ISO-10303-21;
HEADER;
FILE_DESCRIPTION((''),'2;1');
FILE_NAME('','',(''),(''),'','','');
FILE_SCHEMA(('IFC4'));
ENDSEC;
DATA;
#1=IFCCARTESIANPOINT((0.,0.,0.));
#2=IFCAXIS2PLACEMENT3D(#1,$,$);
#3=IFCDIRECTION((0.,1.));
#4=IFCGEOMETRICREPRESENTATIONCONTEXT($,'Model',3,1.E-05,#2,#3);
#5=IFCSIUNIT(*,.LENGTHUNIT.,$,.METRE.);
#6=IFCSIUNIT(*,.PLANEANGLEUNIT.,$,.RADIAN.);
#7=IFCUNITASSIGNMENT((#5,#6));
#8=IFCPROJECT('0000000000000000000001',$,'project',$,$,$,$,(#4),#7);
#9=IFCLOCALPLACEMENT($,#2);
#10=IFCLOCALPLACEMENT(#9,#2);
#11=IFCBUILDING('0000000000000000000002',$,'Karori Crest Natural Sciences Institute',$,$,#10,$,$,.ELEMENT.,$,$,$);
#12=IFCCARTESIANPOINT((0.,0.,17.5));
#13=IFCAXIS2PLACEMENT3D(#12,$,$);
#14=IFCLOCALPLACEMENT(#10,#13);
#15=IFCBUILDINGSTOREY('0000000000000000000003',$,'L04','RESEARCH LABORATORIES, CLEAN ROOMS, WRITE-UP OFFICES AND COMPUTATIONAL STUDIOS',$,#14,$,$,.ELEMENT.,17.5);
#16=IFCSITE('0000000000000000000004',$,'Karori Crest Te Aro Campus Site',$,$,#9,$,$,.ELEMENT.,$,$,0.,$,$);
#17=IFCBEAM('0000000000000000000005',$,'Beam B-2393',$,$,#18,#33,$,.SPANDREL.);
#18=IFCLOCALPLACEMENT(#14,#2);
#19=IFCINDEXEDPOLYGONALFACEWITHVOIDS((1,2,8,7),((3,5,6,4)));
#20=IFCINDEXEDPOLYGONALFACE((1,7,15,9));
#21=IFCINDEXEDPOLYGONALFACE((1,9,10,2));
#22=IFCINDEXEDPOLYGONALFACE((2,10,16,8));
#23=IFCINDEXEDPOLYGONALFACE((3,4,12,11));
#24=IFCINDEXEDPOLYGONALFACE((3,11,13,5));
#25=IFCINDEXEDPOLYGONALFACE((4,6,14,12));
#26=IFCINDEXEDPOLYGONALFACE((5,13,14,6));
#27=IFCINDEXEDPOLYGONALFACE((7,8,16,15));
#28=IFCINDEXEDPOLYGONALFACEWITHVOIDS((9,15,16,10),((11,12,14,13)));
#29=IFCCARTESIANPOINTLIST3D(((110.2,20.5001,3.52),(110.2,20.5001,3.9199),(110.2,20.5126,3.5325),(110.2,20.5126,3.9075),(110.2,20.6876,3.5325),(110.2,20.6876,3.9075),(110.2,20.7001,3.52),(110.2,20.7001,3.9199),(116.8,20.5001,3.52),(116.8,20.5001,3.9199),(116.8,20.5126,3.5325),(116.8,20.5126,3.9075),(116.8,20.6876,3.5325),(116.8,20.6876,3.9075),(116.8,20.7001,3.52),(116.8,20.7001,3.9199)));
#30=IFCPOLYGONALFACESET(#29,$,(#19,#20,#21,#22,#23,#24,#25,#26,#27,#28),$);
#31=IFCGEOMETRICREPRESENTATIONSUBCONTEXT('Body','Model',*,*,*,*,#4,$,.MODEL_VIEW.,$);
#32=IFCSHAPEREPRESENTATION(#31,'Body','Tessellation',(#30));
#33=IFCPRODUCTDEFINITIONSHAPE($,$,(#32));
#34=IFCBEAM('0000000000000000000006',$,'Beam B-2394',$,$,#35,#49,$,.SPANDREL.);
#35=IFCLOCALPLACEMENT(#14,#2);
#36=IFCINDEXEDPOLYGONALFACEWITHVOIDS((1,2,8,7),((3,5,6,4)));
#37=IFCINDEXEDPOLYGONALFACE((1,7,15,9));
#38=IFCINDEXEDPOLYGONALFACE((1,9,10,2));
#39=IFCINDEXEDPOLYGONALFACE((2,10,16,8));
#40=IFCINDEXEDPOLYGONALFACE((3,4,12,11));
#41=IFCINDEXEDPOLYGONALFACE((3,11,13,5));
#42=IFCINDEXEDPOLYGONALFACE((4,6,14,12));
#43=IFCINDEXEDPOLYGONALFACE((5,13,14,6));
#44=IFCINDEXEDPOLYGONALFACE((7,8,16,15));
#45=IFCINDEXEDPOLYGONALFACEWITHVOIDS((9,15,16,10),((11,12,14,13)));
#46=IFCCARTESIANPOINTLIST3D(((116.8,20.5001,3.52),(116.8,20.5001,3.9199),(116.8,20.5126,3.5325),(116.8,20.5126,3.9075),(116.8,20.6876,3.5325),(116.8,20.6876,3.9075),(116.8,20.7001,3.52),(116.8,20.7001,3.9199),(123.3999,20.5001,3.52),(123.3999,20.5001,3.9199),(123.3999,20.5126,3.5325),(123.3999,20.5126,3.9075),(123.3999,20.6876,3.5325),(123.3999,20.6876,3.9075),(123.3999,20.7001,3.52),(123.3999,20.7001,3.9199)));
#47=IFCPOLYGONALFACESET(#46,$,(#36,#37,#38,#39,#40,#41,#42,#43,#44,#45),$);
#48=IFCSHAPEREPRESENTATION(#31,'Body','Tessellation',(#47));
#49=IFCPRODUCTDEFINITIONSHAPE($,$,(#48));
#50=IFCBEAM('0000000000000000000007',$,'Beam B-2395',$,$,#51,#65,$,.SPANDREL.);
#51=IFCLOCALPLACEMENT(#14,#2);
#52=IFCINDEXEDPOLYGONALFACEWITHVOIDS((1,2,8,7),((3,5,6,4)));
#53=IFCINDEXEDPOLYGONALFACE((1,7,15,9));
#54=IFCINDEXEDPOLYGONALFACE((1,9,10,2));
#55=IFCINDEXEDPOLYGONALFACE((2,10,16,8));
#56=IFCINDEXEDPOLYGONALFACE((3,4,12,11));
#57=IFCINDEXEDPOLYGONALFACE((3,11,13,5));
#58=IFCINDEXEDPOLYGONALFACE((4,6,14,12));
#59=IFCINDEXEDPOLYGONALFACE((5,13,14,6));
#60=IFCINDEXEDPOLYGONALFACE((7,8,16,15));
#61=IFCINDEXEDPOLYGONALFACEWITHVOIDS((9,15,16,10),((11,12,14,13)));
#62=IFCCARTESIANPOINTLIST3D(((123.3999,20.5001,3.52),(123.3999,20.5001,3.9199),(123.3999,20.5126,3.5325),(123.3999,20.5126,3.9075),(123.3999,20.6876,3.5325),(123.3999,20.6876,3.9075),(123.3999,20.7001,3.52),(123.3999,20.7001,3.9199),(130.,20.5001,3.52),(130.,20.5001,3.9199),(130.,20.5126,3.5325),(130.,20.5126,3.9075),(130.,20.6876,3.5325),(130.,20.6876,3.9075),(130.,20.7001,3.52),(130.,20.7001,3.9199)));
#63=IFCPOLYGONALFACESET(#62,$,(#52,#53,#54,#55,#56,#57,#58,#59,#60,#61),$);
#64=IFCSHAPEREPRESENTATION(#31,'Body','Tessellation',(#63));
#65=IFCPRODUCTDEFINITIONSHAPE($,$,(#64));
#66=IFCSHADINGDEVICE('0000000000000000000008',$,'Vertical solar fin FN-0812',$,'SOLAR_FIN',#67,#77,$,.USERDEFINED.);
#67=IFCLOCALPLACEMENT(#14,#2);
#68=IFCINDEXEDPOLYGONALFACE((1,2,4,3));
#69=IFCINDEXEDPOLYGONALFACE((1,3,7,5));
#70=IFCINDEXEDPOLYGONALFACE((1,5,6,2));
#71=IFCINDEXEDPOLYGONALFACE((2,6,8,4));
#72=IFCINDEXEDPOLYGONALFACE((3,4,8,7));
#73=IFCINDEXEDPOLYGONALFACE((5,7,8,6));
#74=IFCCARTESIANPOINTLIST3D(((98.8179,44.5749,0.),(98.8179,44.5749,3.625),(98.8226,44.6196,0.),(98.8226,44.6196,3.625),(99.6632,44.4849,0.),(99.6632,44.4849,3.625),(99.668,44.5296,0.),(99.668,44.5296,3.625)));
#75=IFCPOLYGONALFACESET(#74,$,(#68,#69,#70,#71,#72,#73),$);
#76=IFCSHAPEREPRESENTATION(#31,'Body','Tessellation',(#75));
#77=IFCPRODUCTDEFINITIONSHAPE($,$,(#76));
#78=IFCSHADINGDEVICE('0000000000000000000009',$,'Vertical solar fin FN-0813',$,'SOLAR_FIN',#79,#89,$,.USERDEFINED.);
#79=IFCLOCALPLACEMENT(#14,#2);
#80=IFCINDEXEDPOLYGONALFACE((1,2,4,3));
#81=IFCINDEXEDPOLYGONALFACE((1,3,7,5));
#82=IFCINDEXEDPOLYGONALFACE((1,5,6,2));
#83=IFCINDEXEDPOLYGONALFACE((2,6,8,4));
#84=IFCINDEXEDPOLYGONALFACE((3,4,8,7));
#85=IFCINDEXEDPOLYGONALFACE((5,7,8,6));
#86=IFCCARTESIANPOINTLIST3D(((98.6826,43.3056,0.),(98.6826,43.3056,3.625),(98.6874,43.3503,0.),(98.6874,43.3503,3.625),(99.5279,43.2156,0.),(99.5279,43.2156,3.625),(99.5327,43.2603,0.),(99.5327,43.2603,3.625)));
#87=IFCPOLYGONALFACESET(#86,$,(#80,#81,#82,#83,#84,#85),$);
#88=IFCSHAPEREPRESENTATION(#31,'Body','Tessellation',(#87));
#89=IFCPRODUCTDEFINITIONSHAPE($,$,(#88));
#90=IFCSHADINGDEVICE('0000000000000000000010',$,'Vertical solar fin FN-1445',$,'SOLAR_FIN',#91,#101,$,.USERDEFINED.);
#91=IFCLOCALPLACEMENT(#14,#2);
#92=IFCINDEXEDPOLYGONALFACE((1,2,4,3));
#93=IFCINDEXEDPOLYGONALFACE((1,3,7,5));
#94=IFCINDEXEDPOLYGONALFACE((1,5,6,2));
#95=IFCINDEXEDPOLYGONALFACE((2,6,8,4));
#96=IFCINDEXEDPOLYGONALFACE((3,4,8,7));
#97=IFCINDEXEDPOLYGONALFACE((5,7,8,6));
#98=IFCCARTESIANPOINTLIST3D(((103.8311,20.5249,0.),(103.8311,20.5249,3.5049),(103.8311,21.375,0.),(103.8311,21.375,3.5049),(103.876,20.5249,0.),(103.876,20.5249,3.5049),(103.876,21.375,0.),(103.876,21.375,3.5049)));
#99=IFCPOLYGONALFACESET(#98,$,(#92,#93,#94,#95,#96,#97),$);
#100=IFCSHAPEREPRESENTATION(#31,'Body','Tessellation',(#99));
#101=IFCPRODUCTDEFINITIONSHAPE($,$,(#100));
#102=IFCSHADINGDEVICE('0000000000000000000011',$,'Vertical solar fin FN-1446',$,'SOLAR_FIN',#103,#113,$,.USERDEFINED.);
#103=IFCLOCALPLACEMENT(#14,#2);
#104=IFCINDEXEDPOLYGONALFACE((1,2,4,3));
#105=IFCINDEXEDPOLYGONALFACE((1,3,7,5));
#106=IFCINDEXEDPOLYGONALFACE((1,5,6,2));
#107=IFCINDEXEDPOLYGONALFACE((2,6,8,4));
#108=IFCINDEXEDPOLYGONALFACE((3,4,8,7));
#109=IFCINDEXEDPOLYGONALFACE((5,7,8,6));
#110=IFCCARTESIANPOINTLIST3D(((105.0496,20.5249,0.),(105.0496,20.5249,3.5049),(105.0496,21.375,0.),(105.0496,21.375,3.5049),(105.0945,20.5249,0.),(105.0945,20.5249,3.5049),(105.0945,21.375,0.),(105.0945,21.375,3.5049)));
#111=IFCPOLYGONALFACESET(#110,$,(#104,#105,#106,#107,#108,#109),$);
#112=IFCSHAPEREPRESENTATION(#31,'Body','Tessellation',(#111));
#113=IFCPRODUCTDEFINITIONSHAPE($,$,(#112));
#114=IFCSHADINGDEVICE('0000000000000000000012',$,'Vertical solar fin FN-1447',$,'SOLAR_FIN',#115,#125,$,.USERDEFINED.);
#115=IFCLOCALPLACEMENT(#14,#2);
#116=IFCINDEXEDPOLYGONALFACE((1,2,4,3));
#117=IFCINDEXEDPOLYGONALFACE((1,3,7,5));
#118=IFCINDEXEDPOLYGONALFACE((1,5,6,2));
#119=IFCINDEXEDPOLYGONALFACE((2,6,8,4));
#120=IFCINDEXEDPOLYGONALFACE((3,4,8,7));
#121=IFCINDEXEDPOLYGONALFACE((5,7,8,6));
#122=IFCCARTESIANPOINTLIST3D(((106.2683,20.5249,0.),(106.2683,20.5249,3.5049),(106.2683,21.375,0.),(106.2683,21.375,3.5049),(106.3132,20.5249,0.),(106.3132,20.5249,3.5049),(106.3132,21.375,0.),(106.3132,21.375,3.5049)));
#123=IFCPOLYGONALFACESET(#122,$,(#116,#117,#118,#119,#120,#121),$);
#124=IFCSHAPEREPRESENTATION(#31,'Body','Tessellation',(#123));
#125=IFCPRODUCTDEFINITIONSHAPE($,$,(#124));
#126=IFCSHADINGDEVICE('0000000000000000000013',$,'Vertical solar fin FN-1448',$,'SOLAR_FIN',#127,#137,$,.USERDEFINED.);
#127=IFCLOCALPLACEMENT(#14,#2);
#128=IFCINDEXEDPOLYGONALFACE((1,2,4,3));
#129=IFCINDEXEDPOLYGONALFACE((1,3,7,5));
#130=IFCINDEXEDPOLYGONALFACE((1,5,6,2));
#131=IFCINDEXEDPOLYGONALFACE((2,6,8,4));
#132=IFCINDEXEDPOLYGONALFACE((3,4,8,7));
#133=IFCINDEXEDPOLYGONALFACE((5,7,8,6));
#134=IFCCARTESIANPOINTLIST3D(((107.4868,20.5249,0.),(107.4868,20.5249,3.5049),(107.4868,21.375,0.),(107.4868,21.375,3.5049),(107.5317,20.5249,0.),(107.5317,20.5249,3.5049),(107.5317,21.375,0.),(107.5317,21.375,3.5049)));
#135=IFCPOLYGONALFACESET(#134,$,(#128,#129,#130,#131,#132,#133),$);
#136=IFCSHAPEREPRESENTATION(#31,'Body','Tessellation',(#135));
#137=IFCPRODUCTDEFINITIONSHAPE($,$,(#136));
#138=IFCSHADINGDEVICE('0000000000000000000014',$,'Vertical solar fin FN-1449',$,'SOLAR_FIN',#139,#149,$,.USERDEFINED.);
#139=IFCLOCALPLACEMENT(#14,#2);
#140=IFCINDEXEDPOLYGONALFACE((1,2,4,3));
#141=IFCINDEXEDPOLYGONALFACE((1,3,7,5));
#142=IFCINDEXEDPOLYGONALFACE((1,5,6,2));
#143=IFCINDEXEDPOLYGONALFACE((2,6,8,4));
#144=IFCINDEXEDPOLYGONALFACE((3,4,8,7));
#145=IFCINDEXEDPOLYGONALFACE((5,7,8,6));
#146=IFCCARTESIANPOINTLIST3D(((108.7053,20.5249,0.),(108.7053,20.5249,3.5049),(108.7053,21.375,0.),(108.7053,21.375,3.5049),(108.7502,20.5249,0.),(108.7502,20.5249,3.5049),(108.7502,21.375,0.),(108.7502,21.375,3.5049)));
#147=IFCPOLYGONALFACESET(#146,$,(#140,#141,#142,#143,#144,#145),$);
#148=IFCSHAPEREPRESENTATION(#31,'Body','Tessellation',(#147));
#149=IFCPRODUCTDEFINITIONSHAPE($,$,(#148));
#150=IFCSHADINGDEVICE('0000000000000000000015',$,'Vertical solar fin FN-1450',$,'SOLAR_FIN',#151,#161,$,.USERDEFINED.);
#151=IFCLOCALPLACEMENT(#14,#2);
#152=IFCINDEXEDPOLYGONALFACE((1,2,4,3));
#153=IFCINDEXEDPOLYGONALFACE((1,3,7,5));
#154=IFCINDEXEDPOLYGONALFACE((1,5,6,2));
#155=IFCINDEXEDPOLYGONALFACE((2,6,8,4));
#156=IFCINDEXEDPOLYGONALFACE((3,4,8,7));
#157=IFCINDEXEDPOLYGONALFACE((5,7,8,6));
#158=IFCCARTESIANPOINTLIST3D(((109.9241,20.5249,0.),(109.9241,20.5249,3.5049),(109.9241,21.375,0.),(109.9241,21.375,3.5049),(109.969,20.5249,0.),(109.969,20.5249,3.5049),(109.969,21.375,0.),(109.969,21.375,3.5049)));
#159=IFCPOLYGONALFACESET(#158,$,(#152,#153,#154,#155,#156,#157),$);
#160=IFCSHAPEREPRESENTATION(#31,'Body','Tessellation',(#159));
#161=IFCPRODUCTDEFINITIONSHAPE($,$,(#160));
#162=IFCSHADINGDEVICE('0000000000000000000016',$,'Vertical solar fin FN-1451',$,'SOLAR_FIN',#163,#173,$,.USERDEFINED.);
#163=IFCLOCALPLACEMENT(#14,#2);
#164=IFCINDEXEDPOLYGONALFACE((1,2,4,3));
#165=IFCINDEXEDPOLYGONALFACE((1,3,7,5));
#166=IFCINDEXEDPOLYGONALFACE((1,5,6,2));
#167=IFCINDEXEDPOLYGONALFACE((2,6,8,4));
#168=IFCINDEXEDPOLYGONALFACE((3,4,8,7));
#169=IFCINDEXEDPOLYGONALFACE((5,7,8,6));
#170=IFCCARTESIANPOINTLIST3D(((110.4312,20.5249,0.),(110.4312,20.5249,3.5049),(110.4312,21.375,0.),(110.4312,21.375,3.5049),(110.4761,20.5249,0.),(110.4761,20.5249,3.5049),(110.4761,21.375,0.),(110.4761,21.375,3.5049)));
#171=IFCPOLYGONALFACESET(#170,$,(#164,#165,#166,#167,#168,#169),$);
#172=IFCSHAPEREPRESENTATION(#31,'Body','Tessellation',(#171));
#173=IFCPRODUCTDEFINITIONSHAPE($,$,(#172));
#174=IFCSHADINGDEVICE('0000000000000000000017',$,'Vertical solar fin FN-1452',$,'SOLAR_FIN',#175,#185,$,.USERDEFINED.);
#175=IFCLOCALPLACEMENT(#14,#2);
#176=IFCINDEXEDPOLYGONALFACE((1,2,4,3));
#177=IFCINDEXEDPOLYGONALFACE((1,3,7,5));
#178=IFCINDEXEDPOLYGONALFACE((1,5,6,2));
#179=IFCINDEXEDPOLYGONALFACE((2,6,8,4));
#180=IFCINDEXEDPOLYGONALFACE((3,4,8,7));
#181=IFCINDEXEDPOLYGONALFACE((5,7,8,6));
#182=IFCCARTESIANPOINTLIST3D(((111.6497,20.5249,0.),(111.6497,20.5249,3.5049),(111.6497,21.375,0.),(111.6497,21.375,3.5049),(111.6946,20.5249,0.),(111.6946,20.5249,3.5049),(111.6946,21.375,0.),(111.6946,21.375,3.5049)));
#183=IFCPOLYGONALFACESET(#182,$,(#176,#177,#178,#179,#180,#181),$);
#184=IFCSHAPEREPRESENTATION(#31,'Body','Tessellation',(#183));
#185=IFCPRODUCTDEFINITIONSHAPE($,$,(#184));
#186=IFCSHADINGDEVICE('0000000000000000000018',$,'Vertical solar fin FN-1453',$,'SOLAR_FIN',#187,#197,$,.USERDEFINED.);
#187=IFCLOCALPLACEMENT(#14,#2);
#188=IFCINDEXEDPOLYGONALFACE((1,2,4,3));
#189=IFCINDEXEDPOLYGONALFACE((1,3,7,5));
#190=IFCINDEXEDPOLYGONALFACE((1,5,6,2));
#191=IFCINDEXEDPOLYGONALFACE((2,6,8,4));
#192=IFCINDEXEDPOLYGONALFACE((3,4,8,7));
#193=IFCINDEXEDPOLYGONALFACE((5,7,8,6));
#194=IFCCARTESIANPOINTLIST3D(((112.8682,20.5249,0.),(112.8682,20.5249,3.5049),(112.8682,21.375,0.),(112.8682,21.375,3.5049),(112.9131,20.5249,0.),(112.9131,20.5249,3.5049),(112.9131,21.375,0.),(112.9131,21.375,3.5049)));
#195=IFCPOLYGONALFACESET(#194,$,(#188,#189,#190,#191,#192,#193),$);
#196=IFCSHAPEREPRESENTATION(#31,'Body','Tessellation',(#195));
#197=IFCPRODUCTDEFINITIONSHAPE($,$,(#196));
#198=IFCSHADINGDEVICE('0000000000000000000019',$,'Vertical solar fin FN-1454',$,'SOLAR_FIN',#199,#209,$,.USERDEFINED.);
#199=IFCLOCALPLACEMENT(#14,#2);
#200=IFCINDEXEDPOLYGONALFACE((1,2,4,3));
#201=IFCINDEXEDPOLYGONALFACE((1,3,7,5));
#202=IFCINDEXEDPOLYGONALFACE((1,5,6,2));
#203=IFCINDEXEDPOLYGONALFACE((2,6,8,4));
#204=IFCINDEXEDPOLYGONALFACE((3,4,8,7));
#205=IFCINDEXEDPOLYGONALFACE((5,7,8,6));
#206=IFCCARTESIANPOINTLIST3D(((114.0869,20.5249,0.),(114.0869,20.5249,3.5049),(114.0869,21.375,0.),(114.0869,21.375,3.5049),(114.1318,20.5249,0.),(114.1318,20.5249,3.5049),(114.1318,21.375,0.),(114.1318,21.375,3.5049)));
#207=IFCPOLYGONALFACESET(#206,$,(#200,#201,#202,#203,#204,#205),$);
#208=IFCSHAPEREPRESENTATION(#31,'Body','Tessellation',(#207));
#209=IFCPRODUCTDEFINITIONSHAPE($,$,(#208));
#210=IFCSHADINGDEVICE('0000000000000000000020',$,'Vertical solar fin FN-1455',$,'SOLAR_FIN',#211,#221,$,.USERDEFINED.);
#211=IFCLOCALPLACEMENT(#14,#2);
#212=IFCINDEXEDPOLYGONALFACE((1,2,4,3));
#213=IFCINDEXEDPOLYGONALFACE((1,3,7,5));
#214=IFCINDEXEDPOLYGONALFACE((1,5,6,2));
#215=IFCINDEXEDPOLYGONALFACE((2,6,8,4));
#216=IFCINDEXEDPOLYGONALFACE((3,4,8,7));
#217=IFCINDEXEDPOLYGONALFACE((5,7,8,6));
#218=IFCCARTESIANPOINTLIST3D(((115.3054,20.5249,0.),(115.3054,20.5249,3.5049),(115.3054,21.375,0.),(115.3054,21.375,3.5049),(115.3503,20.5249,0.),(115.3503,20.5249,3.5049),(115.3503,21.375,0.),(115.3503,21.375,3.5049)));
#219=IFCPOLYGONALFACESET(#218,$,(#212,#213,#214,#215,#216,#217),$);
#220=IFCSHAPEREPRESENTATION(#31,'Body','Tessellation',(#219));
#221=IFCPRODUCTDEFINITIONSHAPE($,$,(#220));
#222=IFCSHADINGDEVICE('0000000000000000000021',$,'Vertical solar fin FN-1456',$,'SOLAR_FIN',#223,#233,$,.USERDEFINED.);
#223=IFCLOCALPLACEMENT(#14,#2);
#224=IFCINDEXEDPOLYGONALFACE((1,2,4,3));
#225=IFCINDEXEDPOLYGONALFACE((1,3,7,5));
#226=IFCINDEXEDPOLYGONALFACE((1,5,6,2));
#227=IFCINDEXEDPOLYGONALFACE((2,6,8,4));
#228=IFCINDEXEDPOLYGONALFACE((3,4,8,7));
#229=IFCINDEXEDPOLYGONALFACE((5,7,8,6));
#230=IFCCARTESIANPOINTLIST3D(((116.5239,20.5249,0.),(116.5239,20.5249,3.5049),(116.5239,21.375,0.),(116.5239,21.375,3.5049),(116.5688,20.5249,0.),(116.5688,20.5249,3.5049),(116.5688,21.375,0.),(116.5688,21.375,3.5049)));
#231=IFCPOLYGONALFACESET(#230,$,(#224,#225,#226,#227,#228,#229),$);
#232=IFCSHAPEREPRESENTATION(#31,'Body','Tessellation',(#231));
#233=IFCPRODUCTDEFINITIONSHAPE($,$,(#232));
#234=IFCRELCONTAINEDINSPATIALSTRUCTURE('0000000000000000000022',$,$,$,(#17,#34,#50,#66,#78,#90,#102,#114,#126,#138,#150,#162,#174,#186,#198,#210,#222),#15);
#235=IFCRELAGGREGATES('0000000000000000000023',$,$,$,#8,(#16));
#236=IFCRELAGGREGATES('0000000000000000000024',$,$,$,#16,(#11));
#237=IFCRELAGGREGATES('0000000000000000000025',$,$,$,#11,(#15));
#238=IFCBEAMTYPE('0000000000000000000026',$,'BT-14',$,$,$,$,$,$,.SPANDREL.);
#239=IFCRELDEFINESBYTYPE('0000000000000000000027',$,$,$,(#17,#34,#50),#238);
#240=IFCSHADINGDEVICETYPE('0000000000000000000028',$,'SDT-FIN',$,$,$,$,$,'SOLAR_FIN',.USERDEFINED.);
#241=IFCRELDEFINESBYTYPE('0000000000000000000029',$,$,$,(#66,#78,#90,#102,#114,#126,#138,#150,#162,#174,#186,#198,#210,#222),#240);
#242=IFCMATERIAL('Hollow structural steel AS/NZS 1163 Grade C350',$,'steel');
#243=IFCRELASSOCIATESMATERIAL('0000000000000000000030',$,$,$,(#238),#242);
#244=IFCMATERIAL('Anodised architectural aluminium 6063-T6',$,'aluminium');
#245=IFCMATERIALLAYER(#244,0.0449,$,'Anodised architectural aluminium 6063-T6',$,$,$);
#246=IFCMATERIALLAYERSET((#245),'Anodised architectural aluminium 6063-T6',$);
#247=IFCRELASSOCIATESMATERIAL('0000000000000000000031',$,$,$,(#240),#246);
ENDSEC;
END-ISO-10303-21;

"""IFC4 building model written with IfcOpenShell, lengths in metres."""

from ifc_helpers import new_model, si_unit, direction, frame, origin, origin_2d, place, context, subcontext, project, spatial, rectangle, hollow_rectangle, extrude, material, layer, layer_set, material_profile, profile_set, type_object, element, save


model = new_model("IFC4")

# Units and contexts
model_context = context("Model", 3, precision=1e-05, world=origin(), true_north=direction((0.0, 1.0)))
body_context = subcontext(model_context, "Body", "Model", "MODEL_VIEW")
ifc_project = project(units=[si_unit("LENGTHUNIT", "METRE"), si_unit("PLANEANGLEUNIT", "RADIAN")], contexts=[model_context])

# Site, building, storey
site_placement = place(None, origin())
site = spatial("IfcSite", under=ifc_project, at=site_placement, Name="Karori Crest Te Aro Campus Site", CompositionType="ELEMENT", RefElevation=0.0)
building_placement = place(site_placement, origin())
building = spatial("IfcBuilding", under=site, at=building_placement, Name="Karori Crest Natural Sciences Institute", CompositionType="ELEMENT")
storey_placement = place(building_placement, frame((0.0, 0.0, 17.5)))
storey = spatial("IfcBuildingStorey", under=building, at=storey_placement, Name="L04", Description="RESEARCH LABORATORIES, CLEAN ROOMS, WRITE-UP OFFICES AND COMPUTATIONAL STUDIOS", CompositionType="ELEMENT", Elevation=17.5)

# Beams
ifc_material_1 = material(Name="Hollow structural steel AS/NZS 1163 Grade C350", Category="steel")
ifc_material_profile_1 = material_profile(ifc_material_1, hollow_rectangle(XDim=0.2, YDim=0.3999, WallThickness=0.0125, at=origin_2d()), Name="RHS400x200x12.5")
ifc_profile_set_1 = profile_set([ifc_material_profile_1], Name="Hollow structural steel AS/NZS 1163 Grade C350")
beam_type = type_object("IfcBeamType", Name="BT-14", PredefinedType="SPANDREL", material=ifc_profile_set_1)
beam_1_placement = place(storey_placement, frame((110.2, 20.6001, 3.72), z_axis=(1.0, 0.0, 0.0), x_axis=(0.0, 1.0, 0.0)))
element("IfcBeam", 1, at=beam_1_placement, inside=storey, type_object=beam_type, Name="Beam B-2393", PredefinedType="SPANDREL", context=body_context, shape_type="SweptSolid", body=[
    extrude(hollow_rectangle(XDim=0.2, YDim=0.3999, WallThickness=0.0125, at=origin_2d()), origin(), (0.0, 0.0, 1.0), 6.6001),
])
beam_2_placement = place(storey_placement, frame((116.8, 20.6001, 3.72), z_axis=(1.0, 0.0, 0.0), x_axis=(0.0, 1.0, 0.0)))
element("IfcBeam", 2, at=beam_2_placement, inside=storey, type_object=beam_type, Name="Beam B-2394", PredefinedType="SPANDREL", context=body_context, shape_type="SweptSolid", body=[
    extrude(hollow_rectangle(XDim=0.2, YDim=0.3999, WallThickness=0.0125, at=origin_2d()), origin(), (0.0, 0.0, 1.0), 6.5999),
])
beam_3_placement = place(storey_placement, frame((123.3999, 20.6001, 3.72), z_axis=(1.0, 0.0, 0.0), x_axis=(0.0, 1.0, 0.0)))
element("IfcBeam", 3, at=beam_3_placement, inside=storey, type_object=beam_type, Name="Beam B-2395", PredefinedType="SPANDREL", context=body_context, shape_type="SweptSolid", body=[
    extrude(hollow_rectangle(XDim=0.2, YDim=0.3999, WallThickness=0.0125, at=origin_2d()), origin(), (0.0, 0.0, 1.0), 6.6001),
])

# Shading devices
ifc_material_2 = material(Name="Anodised architectural aluminium 6063-T6", Category="aluminium")
ifc_layer = layer(ifc_material_2, 0.0449, Name="Anodised architectural aluminium 6063-T6")
ifc_layer_set = layer_set([ifc_layer], Name="Anodised architectural aluminium 6063-T6")
shading_device_type = type_object("IfcShadingDeviceType", Name="SDT-FIN", ElementType="SOLAR_FIN", PredefinedType="USERDEFINED", material=ifc_layer_set)
for number, where, z_axis, x_axis, name in (
    (4, (99.2429, 44.5522, 0.0), (0.0, 0.0, 1.0), (0.994378, -0.105886, 0.0), "Vertical solar fin FN-0812"),
    (5, (99.1077, 43.283, 0.0), (0.0, 0.0, 1.0), (0.994378, -0.105886, 0.0), "Vertical solar fin FN-0813"),
):
    element("IfcShadingDevice", number, at=place(storey_placement, frame(where, z_axis=z_axis, x_axis=x_axis)), inside=storey, type_object=shading_device_type, Name=name, ObjectType="SOLAR_FIN", PredefinedType="USERDEFINED", context=body_context, shape_type="SweptSolid", body=[
        extrude(rectangle(XDim=0.8501, YDim=0.0449, at=origin_2d()), origin(), (0.0, 0.0, 1.0), 3.625),
    ])
for number, where, z_axis, x_axis, name in (
    (6, (103.8535, 20.95, 0.0), (0.0, 0.0, 1.0), (0.0, 1.0, 0.0), "Vertical solar fin FN-1445"),
    (7, (105.072, 20.95, 0.0), (0.0, 0.0, 1.0), (0.0, 1.0, 0.0), "Vertical solar fin FN-1446"),
    (8, (106.2908, 20.95, 0.0), (0.0, 0.0, 1.0), (0.0, 1.0, 0.0), "Vertical solar fin FN-1447"),
    (9, (107.5093, 20.95, 0.0), (0.0, 0.0, 1.0), (0.0, 1.0, 0.0), "Vertical solar fin FN-1448"),
    (10, (108.7278, 20.95, 0.0), (0.0, 0.0, 1.0), (0.0, 1.0, 0.0), "Vertical solar fin FN-1449"),
    (11, (109.9465, 20.95, 0.0), (0.0, 0.0, 1.0), (0.0, 1.0, 0.0), "Vertical solar fin FN-1450"),
    (12, (110.4536, 20.95, 0.0), (0.0, 0.0, 1.0), (0.0, 1.0, 0.0), "Vertical solar fin FN-1451"),
    (13, (111.6721, 20.95, 0.0), (0.0, 0.0, 1.0), (0.0, 1.0, 0.0), "Vertical solar fin FN-1452"),
    (14, (112.8906, 20.95, 0.0), (0.0, 0.0, 1.0), (0.0, 1.0, 0.0), "Vertical solar fin FN-1453"),
    (15, (114.1094, 20.95, 0.0), (0.0, 0.0, 1.0), (0.0, 1.0, 0.0), "Vertical solar fin FN-1454"),
    (16, (115.3279, 20.95, 0.0), (0.0, 0.0, 1.0), (0.0, 1.0, 0.0), "Vertical solar fin FN-1455"),
    (17, (116.5464, 20.95, 0.0), (0.0, 0.0, 1.0), (0.0, 1.0, 0.0), "Vertical solar fin FN-1456"),
):
    element("IfcShadingDevice", number, at=place(storey_placement, frame(where, z_axis=z_axis, x_axis=x_axis)), inside=storey, type_object=shading_device_type, Name=name, ObjectType="SOLAR_FIN", PredefinedType="USERDEFINED", context=body_context, shape_type="SweptSolid", body=[
        extrude(rectangle(XDim=0.8501, YDim=0.0449, at=origin_2d()), origin(), (0.0, 0.0, 1.0), 3.5049),
    ])

save(model, "model.ifc")
